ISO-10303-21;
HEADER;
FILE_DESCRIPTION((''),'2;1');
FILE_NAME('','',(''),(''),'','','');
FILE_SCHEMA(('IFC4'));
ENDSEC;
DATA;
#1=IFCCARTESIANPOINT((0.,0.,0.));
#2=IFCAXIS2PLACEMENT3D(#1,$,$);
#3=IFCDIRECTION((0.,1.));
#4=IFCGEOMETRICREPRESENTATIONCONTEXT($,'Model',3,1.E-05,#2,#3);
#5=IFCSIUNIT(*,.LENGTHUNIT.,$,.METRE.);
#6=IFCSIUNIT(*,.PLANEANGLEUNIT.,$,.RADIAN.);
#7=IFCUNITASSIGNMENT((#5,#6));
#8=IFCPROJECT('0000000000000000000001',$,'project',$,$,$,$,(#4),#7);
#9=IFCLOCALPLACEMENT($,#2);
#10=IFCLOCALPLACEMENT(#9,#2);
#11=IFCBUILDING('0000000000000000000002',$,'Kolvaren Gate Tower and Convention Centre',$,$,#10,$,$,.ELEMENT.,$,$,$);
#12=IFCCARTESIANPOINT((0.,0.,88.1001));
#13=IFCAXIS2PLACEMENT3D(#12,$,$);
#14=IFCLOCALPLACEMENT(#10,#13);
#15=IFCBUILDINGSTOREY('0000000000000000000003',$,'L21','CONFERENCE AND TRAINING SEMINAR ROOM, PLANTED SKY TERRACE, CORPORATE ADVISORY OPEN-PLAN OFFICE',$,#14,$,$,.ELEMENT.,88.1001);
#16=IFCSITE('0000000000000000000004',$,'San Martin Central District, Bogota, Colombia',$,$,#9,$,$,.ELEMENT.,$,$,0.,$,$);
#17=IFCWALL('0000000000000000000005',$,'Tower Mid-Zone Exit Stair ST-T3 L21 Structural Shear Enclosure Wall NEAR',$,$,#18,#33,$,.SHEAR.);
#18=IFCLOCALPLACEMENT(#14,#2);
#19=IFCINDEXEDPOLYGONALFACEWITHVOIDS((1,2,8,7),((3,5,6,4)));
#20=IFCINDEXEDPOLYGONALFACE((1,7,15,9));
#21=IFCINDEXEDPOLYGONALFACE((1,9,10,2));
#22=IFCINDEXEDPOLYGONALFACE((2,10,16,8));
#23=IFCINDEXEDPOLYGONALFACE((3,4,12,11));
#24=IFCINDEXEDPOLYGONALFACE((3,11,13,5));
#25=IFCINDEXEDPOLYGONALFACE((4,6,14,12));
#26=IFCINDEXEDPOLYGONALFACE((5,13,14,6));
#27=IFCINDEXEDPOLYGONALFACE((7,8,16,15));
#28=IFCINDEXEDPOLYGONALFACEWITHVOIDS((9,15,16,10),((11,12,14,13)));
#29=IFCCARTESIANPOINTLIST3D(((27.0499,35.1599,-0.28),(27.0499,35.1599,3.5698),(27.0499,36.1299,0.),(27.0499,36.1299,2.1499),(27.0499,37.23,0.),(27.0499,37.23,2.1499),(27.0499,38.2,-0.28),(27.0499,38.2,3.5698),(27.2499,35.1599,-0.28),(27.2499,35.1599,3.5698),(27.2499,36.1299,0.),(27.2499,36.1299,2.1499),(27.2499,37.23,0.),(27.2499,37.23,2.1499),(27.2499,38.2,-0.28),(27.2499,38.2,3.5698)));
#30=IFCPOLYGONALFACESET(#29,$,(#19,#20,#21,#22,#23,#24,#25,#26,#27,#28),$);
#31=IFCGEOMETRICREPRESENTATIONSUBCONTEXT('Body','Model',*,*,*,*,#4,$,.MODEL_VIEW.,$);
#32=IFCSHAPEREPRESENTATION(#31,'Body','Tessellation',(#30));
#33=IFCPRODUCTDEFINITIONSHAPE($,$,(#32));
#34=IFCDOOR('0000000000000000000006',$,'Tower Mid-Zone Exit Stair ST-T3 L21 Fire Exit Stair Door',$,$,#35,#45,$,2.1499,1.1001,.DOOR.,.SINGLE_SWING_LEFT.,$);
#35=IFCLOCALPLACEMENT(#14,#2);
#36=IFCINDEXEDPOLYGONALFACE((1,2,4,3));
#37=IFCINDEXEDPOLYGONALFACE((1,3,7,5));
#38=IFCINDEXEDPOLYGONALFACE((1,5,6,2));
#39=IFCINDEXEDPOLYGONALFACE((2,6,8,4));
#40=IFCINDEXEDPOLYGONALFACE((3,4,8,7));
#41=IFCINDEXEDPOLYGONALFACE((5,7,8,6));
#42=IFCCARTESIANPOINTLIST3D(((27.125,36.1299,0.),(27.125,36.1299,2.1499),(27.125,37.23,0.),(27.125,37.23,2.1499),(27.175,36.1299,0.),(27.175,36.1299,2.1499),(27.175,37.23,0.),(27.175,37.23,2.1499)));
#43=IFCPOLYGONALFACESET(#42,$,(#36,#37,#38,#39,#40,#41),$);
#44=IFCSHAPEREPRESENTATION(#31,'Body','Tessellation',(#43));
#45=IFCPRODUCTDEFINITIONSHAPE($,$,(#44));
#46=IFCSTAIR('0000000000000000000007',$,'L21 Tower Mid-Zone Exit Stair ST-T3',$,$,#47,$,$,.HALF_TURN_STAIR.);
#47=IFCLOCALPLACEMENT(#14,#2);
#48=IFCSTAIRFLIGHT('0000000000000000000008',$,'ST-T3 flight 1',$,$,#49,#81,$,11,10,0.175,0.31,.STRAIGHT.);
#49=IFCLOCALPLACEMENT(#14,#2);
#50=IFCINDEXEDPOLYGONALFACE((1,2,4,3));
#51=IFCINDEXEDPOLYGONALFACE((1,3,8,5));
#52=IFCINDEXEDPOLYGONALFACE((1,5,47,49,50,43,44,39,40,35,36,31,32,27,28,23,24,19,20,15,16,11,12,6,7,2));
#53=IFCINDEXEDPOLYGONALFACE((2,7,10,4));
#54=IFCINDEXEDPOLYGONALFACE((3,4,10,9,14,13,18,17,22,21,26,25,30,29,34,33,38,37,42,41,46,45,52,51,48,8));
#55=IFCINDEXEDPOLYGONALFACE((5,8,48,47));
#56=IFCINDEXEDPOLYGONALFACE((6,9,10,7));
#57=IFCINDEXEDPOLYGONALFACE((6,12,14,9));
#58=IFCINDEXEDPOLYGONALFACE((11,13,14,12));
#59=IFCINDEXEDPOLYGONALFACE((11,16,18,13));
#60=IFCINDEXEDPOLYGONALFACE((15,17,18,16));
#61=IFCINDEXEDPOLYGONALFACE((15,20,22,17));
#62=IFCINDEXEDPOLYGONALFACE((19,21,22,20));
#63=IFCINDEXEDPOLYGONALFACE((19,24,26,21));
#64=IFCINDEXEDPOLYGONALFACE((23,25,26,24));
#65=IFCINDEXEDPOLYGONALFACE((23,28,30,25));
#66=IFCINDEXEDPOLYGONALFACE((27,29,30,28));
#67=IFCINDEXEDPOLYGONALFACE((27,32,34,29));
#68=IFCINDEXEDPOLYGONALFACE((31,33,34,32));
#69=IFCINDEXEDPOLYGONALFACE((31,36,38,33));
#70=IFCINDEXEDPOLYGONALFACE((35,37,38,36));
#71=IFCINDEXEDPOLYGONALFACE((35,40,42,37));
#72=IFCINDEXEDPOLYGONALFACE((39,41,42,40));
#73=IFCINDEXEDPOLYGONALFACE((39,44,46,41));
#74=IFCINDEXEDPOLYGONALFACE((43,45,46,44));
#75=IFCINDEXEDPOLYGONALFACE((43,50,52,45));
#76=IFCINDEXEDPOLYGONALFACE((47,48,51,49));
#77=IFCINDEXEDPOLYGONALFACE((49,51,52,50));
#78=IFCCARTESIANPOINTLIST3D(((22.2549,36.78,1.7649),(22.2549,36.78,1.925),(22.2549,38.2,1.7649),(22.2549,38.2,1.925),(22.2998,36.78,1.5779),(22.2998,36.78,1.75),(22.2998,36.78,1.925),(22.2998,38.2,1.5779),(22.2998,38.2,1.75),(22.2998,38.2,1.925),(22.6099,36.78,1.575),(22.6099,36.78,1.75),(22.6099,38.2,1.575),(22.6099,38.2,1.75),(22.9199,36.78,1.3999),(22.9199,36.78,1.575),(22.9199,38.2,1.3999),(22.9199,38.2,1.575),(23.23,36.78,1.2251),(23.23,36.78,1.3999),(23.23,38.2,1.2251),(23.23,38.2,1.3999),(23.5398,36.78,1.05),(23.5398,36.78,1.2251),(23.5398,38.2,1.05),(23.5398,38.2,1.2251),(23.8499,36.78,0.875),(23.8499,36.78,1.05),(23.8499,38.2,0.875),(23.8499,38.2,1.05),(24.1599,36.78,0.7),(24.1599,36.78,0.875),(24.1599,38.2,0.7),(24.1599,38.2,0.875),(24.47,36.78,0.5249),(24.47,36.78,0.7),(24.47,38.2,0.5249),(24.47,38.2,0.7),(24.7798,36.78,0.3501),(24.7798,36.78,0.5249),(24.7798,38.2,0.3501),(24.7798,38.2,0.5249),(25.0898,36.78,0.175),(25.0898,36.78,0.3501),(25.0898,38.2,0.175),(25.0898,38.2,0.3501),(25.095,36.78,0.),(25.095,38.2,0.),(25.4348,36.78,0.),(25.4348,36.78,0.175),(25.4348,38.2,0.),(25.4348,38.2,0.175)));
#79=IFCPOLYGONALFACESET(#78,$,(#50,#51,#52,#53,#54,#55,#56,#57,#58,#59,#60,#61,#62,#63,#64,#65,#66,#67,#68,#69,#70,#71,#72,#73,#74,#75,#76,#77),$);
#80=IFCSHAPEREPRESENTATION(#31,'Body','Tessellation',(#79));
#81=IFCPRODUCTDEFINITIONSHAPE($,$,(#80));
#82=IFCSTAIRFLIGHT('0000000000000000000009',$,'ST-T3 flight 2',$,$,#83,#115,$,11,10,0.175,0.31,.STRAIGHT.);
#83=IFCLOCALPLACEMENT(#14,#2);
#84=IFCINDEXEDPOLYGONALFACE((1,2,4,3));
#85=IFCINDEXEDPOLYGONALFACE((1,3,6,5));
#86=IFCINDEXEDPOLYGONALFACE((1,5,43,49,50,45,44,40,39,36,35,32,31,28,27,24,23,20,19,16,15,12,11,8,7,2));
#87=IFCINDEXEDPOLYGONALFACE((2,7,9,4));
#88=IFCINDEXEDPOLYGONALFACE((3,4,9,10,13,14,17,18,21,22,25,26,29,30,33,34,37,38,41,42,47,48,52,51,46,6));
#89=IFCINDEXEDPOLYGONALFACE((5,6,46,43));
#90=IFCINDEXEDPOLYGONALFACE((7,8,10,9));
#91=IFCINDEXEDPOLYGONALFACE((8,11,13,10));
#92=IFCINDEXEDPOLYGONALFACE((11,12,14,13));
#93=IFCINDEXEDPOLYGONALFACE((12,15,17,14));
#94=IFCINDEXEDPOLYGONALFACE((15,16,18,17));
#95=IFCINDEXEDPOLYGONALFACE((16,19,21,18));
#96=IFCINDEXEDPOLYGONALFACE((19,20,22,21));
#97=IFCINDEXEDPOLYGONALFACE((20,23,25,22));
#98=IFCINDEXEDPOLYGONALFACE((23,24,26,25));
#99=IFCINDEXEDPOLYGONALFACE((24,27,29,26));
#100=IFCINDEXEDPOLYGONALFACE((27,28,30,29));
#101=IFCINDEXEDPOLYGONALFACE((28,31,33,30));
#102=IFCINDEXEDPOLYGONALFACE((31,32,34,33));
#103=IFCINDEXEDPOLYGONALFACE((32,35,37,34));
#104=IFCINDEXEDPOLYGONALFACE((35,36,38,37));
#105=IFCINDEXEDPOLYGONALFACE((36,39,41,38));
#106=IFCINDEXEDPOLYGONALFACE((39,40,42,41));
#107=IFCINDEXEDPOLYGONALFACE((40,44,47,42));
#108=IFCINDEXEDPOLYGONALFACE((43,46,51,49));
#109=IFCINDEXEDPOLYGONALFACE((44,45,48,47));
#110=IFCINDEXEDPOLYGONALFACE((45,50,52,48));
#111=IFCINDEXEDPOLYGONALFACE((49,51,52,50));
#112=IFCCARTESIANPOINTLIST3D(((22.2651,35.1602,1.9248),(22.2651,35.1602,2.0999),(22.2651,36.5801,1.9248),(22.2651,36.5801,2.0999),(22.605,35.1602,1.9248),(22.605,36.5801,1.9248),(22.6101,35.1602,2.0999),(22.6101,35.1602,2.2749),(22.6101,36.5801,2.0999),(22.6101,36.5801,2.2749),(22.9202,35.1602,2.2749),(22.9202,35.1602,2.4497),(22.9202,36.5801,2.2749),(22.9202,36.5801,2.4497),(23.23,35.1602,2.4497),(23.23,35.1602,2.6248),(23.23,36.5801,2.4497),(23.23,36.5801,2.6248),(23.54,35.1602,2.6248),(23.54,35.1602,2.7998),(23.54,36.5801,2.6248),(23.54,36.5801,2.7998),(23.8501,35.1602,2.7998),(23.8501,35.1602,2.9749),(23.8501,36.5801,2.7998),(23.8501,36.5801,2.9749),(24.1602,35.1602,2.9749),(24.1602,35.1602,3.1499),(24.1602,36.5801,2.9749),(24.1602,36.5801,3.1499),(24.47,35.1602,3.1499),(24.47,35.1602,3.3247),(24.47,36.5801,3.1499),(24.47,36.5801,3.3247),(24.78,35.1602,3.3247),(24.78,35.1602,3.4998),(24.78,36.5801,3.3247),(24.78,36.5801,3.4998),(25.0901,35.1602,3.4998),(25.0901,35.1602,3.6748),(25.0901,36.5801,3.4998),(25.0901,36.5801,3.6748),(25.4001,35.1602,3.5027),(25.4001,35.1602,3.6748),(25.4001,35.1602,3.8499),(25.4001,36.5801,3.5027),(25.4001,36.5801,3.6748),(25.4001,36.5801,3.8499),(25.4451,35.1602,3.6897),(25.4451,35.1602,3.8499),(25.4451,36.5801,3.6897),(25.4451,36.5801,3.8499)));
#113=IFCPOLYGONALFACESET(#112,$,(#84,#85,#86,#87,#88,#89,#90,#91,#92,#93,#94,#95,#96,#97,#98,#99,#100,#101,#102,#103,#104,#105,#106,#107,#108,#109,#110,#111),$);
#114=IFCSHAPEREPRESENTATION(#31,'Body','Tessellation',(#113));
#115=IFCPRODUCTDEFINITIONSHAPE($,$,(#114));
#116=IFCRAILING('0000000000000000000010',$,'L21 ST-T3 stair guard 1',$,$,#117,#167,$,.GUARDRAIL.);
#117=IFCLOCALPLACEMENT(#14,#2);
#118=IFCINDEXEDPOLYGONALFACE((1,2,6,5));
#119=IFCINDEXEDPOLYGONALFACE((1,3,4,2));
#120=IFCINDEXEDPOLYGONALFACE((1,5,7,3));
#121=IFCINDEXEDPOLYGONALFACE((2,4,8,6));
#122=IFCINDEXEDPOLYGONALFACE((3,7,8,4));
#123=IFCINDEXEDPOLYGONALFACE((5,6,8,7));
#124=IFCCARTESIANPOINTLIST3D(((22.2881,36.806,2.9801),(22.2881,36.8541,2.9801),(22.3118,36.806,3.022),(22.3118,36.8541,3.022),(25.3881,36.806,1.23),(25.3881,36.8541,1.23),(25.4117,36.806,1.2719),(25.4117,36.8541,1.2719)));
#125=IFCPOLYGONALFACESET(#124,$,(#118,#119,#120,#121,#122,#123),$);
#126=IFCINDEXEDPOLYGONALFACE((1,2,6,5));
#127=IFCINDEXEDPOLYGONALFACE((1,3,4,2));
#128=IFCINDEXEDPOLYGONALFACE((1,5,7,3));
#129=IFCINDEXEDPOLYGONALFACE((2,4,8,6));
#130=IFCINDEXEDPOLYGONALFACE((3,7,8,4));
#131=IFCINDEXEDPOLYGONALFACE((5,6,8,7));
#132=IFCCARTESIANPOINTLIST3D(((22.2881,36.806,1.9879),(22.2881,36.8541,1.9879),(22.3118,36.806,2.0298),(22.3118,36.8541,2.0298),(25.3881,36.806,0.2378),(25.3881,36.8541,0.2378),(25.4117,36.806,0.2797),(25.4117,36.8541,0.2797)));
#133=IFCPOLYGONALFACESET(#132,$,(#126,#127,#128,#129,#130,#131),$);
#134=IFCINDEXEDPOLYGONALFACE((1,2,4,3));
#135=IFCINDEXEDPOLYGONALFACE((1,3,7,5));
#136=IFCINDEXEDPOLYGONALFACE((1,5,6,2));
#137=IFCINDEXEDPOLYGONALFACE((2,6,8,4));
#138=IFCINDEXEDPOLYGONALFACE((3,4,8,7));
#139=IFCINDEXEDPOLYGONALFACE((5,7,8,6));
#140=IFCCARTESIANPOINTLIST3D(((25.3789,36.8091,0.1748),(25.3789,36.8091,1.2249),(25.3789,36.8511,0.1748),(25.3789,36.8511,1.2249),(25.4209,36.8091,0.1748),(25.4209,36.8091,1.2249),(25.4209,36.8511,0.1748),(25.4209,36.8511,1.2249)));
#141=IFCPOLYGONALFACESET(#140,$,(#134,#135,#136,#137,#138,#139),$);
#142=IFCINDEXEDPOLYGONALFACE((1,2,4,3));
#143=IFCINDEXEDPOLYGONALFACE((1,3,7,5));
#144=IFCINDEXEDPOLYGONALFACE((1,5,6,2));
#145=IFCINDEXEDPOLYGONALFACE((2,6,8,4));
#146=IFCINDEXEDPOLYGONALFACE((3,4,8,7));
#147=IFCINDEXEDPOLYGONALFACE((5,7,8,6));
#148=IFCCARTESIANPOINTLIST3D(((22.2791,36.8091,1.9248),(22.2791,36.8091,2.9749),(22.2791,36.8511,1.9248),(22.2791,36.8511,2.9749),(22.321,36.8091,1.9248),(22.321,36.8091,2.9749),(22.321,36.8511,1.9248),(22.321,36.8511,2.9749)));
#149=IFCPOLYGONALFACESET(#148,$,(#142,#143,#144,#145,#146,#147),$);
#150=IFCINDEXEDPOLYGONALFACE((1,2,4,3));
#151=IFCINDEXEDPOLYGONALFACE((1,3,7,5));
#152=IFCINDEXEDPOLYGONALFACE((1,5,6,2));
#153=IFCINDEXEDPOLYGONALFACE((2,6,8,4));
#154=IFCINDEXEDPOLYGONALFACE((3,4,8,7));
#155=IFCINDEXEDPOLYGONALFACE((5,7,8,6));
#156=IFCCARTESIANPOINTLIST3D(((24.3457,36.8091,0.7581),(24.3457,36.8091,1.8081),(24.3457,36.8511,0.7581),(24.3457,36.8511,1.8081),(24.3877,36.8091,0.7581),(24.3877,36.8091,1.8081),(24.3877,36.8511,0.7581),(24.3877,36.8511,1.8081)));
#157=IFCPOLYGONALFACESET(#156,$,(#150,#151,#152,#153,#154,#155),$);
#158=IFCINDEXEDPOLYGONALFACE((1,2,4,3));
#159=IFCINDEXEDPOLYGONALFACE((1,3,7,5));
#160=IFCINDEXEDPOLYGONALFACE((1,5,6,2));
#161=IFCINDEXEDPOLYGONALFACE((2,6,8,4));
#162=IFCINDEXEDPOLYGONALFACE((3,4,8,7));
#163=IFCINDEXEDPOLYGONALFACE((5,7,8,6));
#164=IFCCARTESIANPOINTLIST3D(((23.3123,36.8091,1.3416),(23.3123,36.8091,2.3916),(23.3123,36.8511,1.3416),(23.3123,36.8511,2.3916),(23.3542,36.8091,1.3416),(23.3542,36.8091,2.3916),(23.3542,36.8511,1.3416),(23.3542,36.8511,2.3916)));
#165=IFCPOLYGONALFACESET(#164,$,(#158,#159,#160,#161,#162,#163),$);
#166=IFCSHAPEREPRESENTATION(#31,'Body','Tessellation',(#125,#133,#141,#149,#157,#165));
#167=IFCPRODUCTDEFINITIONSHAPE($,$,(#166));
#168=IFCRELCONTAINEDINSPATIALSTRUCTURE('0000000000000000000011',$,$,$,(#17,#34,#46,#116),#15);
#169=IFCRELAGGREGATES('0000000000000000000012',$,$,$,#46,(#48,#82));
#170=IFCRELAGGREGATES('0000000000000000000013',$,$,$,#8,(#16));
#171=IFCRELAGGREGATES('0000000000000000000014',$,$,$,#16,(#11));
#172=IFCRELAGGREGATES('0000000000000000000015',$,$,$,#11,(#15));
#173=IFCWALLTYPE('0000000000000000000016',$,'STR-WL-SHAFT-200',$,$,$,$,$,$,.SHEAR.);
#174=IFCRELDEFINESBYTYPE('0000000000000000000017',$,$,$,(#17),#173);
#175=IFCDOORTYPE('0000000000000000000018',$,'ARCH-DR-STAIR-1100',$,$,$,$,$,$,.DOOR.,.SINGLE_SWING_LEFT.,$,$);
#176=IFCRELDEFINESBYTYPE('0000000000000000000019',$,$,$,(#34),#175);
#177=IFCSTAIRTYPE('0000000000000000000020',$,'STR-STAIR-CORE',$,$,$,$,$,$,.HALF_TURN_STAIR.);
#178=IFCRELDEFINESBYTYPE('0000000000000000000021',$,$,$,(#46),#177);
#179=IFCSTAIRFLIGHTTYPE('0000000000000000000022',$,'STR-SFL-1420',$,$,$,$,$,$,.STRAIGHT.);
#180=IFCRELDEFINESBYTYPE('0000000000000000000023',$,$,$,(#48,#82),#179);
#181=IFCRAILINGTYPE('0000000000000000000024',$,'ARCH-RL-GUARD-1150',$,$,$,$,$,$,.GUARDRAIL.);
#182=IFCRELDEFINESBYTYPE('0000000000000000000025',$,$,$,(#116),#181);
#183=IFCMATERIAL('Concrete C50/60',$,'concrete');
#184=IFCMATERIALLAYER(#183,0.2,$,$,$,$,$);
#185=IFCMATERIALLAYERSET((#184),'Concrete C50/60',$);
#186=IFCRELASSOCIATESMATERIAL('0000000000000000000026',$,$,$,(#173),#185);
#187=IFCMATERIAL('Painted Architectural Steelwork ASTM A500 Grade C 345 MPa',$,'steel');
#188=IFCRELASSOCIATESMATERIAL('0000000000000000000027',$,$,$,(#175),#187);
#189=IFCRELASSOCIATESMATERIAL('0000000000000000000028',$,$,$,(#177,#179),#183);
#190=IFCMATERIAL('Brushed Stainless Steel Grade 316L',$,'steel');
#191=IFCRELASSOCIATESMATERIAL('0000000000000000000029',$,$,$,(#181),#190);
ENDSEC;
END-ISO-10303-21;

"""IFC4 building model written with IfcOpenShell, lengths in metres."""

from ifc_helpers import new_model, si_unit, direction, frame, frame_2d, origin, origin_2d, place, context, subcontext, project, spatial, polyline, rectangle, outline, extrude, material, layer, layer_set, type_object, element, fill, aggregate, save


model = new_model("IFC4")

# Units and contexts
model_context = context("Model", 3, precision=1e-05, world=origin(), true_north=direction((0.0, 1.0)))
body_context = subcontext(model_context, "Body", "Model", "MODEL_VIEW")
ifc_project = project(units=[si_unit("LENGTHUNIT", "METRE"), si_unit("PLANEANGLEUNIT", "RADIAN")], contexts=[model_context])

# Site, building, storey
site_placement = place(None, origin())
site = spatial("IfcSite", under=ifc_project, at=site_placement, Name="San Martin Central District, Bogota, Colombia", CompositionType="ELEMENT", RefElevation=0.0)
building_placement = place(site_placement, origin())
building = spatial("IfcBuilding", under=site, at=building_placement, Name="Kolvaren Gate Tower and Convention Centre", CompositionType="ELEMENT")
storey_placement = place(building_placement, frame((0.0, 0.0, 88.1001)))
storey = spatial("IfcBuildingStorey", under=building, at=storey_placement, Name="L21", Description="CONFERENCE AND TRAINING SEMINAR ROOM, PLANTED SKY TERRACE, CORPORATE ADVISORY OPEN-PLAN OFFICE", CompositionType="ELEMENT", Elevation=88.1001)

# Wall, opening, door
ifc_material_1 = material(Name="Concrete C50/60", Category="concrete")
ifc_layer_1 = layer(ifc_material_1, 0.2)
ifc_layer_set_1 = layer_set([ifc_layer_1], Name="Concrete C50/60")
wall_type_1 = type_object("IfcWallType", Name="STR-WL-SHAFT-200", PredefinedType="SHEAR", material=ifc_layer_set_1)
wall_1_placement = place(storey_placement, frame((27.1499, 35.1599, -0.28), z_axis=(0.0, 0.0, 1.0), x_axis=(0.0, 1.0, 0.0)))
wall_1 = element("IfcWall", 1, at=wall_1_placement, inside=storey, type_object=wall_type_1, Name="Tower Mid-Zone Exit Stair ST-T3 L21 Structural Shear Enclosure Wall NEAR", PredefinedType="SHEAR", context=body_context, shape_type="SweptSolid", body=[
    extrude(rectangle(XDim=3.04, YDim=0.2, at=frame_2d((1.52, 0.0))), origin(), (0.0, 0.0, 1.0), 3.8499),
])
opening_1_placement = place(wall_1_placement, frame((0.97, 0.0, 0.28)))
opening_1 = element("IfcOpeningElement", 2, at=opening_1_placement, cuts=wall_1, PredefinedType="OPENING", context=body_context, shape_type="SweptSolid", body=[
    extrude(rectangle(XDim=1.1001, YDim=2.1499, at=frame_2d((0.55, 1.075))), frame((0.0, 0.1099, 0.0), z_axis=(0.0, -1.0, 0.0), x_axis=(1.0, 0.0, 0.0)), (0.0, 0.0, 1.0), 0.22),
])
ifc_material_2 = material(Name="Painted Architectural Steelwork ASTM A500 Grade C 345 MPa", Category="steel")
door_type = type_object("IfcDoorType", Name="ARCH-DR-STAIR-1100", OperationType="SINGLE_SWING_LEFT", PredefinedType="DOOR", material=ifc_material_2)
door_placement = place(opening_1_placement, origin())
door = element("IfcDoor", 3, at=door_placement, inside=storey, type_object=door_type, Name="Tower Mid-Zone Exit Stair ST-T3 L21 Fire Exit Stair Door", OperationType="SINGLE_SWING_LEFT", OverallHeight=2.1499, OverallWidth=1.1001, PredefinedType="DOOR", context=body_context, shape_type="SweptSolid", body=[
    extrude(rectangle(XDim=1.1001, YDim=2.1499, at=frame_2d((0.55, 1.075))), frame((0.0, 0.0249, 0.0), z_axis=(0.0, -1.0, 0.0), x_axis=(1.0, 0.0, 0.0)), (0.0, 0.0, 1.0), 0.05),
])
fill(opening_1, door)

# Stair, stair flights
stair_type = type_object("IfcStairType", Name="STR-STAIR-CORE", PredefinedType="HALF_TURN_STAIR", material=ifc_material_1)
stair_placement = place(storey_placement, origin())
stair = element("IfcStair", 4, at=stair_placement, inside=storey, type_object=stair_type, Name="L21 Tower Mid-Zone Exit Stair ST-T3", PredefinedType="HALF_TURN_STAIR")
stair_flight_type = type_object("IfcStairFlightType", Name="STR-SFL-1420", PredefinedType="STRAIGHT", material=ifc_material_1)
stair_flight_1_placement = place(storey_placement, frame((25.3999, 37.49, 0.0), z_axis=(0.0, 0.0, 1.0), x_axis=(-1.0, 0.0, 0.0)))
stair_flight_1 = element("IfcStairFlight", 5, at=stair_flight_1_placement, type_object=stair_flight_type, Name="ST-T3 flight 1", NumberOfRisers=11, NumberOfTreads=10, PredefinedType="STRAIGHT", RiserHeight=0.175, TreadLength=0.31, context=body_context, shape_type="SweptSolid", body=[
    extrude(outline(polyline([(-0.0349, 0.0), (-0.0349, 0.175), (0.3101, 0.175), (0.3101, 0.3501), (0.6201, 0.3501), (0.6201, 0.5249), (0.9299, 0.5249), (0.9299, 0.7), (1.24, 0.7), (1.24, 0.875), (1.55, 0.875), (1.55, 1.05), (1.8601, 1.05), (1.8601, 1.2251), (2.1699, 1.2251), (2.1699, 1.3999), (2.48, 1.3999), (2.48, 1.575), (2.79, 1.575), (2.79, 1.75), (3.1001, 1.75), (3.1001, 1.925), (3.145, 1.925), (3.145, 1.7649), (3.1001, 1.5779), (0.3049, 0.0), (-0.0349, 0.0)])), frame((0.0, 0.71, 0.0), z_axis=(0.0, -1.0, 0.0), x_axis=(1.0, 0.0, 0.0)), (0.0, 0.0, 1.0), 1.4199),
])
stair_flight_2_placement = place(storey_placement, frame((22.3, 35.8701, 1.9248), z_axis=(0.0, 0.0, 1.0), x_axis=(1.0, 0.0, 0.0)))
stair_flight_2 = element("IfcStairFlight", 6, at=stair_flight_2_placement, type_object=stair_flight_type, Name="ST-T3 flight 2", NumberOfRisers=11, NumberOfTreads=10, PredefinedType="STRAIGHT", RiserHeight=0.175, TreadLength=0.31, context=body_context, shape_type="SweptSolid", body=[
    extrude(outline(polyline([(-0.0349, 0.0), (-0.0349, 0.175), (0.3101, 0.175), (0.3101, 0.3501), (0.6201, 0.3501), (0.6201, 0.5249), (0.9299, 0.5249), (0.9299, 0.7), (1.24, 0.7), (1.24, 0.875), (1.55, 0.875), (1.55, 1.05), (1.8601, 1.05), (1.8601, 1.2251), (2.1699, 1.2251), (2.1699, 1.3999), (2.48, 1.3999), (2.48, 1.575), (2.79, 1.575), (2.79, 1.75), (3.1001, 1.75), (3.1001, 1.925), (3.145, 1.925), (3.145, 1.7649), (3.1001, 1.5779), (0.3049, 0.0), (-0.0349, 0.0)])), frame((0.0, 0.71, 0.0), z_axis=(0.0, -1.0, 0.0), x_axis=(1.0, 0.0, 0.0)), (0.0, 0.0, 1.0), 1.4199),
])
aggregate(stair, [stair_flight_1, stair_flight_2])

# Railing
ifc_material_3 = material(Name="Brushed Stainless Steel Grade 316L", Category="steel")
railing_type_1 = type_object("IfcRailingType", Name="ARCH-RL-GUARD-1150", PredefinedType="GUARDRAIL", material=ifc_material_3)
railing_1_placement = place(storey_placement, frame((25.3999, 36.8301, 0.1748)))
element("IfcRailing", 7, at=railing_1_placement, inside=storey, type_object=railing_type_1, Name="L21 ST-T3 stair guard 1", PredefinedType="GUARDRAIL", context=body_context, shape_type="SweptSolid", body=[
    extrude(rectangle(XDim=0.0481, YDim=0.0481, at=origin_2d()), frame((0.0, 0.0, 1.0762), z_axis=(-0.870814, 0.0, 0.491612), x_axis=(0.0, -1.0, 0.0)), (0.0, 0.0, 1.0), 3.5598),
    extrude(rectangle(XDim=0.0481, YDim=0.0481, at=origin_2d()), frame((0.0, 0.0, 0.084), z_axis=(-0.870814, 0.0, 0.491612), x_axis=(0.0, -1.0, 0.0)), (0.0, 0.0, 1.0), 3.5598),
    extrude(rectangle(XDim=0.042, YDim=0.042, at=origin_2d()), origin(), (0.0, 0.0, 1.0), 1.05),
    extrude(rectangle(XDim=0.042, YDim=0.042, at=origin_2d()), frame((-3.0999, 0.0, 1.75)), (0.0, 0.0, 1.0), 1.05),
    extrude(rectangle(XDim=0.042, YDim=0.042, at=origin_2d()), frame((-1.0332, 0.0, 0.5833)), (0.0, 0.0, 1.0), 1.05),
    extrude(rectangle(XDim=0.042, YDim=0.042, at=origin_2d()), frame((-2.0667, 0.0, 1.1667)), (0.0, 0.0, 1.0), 1.05),
])

save(model, "model.ifc")
